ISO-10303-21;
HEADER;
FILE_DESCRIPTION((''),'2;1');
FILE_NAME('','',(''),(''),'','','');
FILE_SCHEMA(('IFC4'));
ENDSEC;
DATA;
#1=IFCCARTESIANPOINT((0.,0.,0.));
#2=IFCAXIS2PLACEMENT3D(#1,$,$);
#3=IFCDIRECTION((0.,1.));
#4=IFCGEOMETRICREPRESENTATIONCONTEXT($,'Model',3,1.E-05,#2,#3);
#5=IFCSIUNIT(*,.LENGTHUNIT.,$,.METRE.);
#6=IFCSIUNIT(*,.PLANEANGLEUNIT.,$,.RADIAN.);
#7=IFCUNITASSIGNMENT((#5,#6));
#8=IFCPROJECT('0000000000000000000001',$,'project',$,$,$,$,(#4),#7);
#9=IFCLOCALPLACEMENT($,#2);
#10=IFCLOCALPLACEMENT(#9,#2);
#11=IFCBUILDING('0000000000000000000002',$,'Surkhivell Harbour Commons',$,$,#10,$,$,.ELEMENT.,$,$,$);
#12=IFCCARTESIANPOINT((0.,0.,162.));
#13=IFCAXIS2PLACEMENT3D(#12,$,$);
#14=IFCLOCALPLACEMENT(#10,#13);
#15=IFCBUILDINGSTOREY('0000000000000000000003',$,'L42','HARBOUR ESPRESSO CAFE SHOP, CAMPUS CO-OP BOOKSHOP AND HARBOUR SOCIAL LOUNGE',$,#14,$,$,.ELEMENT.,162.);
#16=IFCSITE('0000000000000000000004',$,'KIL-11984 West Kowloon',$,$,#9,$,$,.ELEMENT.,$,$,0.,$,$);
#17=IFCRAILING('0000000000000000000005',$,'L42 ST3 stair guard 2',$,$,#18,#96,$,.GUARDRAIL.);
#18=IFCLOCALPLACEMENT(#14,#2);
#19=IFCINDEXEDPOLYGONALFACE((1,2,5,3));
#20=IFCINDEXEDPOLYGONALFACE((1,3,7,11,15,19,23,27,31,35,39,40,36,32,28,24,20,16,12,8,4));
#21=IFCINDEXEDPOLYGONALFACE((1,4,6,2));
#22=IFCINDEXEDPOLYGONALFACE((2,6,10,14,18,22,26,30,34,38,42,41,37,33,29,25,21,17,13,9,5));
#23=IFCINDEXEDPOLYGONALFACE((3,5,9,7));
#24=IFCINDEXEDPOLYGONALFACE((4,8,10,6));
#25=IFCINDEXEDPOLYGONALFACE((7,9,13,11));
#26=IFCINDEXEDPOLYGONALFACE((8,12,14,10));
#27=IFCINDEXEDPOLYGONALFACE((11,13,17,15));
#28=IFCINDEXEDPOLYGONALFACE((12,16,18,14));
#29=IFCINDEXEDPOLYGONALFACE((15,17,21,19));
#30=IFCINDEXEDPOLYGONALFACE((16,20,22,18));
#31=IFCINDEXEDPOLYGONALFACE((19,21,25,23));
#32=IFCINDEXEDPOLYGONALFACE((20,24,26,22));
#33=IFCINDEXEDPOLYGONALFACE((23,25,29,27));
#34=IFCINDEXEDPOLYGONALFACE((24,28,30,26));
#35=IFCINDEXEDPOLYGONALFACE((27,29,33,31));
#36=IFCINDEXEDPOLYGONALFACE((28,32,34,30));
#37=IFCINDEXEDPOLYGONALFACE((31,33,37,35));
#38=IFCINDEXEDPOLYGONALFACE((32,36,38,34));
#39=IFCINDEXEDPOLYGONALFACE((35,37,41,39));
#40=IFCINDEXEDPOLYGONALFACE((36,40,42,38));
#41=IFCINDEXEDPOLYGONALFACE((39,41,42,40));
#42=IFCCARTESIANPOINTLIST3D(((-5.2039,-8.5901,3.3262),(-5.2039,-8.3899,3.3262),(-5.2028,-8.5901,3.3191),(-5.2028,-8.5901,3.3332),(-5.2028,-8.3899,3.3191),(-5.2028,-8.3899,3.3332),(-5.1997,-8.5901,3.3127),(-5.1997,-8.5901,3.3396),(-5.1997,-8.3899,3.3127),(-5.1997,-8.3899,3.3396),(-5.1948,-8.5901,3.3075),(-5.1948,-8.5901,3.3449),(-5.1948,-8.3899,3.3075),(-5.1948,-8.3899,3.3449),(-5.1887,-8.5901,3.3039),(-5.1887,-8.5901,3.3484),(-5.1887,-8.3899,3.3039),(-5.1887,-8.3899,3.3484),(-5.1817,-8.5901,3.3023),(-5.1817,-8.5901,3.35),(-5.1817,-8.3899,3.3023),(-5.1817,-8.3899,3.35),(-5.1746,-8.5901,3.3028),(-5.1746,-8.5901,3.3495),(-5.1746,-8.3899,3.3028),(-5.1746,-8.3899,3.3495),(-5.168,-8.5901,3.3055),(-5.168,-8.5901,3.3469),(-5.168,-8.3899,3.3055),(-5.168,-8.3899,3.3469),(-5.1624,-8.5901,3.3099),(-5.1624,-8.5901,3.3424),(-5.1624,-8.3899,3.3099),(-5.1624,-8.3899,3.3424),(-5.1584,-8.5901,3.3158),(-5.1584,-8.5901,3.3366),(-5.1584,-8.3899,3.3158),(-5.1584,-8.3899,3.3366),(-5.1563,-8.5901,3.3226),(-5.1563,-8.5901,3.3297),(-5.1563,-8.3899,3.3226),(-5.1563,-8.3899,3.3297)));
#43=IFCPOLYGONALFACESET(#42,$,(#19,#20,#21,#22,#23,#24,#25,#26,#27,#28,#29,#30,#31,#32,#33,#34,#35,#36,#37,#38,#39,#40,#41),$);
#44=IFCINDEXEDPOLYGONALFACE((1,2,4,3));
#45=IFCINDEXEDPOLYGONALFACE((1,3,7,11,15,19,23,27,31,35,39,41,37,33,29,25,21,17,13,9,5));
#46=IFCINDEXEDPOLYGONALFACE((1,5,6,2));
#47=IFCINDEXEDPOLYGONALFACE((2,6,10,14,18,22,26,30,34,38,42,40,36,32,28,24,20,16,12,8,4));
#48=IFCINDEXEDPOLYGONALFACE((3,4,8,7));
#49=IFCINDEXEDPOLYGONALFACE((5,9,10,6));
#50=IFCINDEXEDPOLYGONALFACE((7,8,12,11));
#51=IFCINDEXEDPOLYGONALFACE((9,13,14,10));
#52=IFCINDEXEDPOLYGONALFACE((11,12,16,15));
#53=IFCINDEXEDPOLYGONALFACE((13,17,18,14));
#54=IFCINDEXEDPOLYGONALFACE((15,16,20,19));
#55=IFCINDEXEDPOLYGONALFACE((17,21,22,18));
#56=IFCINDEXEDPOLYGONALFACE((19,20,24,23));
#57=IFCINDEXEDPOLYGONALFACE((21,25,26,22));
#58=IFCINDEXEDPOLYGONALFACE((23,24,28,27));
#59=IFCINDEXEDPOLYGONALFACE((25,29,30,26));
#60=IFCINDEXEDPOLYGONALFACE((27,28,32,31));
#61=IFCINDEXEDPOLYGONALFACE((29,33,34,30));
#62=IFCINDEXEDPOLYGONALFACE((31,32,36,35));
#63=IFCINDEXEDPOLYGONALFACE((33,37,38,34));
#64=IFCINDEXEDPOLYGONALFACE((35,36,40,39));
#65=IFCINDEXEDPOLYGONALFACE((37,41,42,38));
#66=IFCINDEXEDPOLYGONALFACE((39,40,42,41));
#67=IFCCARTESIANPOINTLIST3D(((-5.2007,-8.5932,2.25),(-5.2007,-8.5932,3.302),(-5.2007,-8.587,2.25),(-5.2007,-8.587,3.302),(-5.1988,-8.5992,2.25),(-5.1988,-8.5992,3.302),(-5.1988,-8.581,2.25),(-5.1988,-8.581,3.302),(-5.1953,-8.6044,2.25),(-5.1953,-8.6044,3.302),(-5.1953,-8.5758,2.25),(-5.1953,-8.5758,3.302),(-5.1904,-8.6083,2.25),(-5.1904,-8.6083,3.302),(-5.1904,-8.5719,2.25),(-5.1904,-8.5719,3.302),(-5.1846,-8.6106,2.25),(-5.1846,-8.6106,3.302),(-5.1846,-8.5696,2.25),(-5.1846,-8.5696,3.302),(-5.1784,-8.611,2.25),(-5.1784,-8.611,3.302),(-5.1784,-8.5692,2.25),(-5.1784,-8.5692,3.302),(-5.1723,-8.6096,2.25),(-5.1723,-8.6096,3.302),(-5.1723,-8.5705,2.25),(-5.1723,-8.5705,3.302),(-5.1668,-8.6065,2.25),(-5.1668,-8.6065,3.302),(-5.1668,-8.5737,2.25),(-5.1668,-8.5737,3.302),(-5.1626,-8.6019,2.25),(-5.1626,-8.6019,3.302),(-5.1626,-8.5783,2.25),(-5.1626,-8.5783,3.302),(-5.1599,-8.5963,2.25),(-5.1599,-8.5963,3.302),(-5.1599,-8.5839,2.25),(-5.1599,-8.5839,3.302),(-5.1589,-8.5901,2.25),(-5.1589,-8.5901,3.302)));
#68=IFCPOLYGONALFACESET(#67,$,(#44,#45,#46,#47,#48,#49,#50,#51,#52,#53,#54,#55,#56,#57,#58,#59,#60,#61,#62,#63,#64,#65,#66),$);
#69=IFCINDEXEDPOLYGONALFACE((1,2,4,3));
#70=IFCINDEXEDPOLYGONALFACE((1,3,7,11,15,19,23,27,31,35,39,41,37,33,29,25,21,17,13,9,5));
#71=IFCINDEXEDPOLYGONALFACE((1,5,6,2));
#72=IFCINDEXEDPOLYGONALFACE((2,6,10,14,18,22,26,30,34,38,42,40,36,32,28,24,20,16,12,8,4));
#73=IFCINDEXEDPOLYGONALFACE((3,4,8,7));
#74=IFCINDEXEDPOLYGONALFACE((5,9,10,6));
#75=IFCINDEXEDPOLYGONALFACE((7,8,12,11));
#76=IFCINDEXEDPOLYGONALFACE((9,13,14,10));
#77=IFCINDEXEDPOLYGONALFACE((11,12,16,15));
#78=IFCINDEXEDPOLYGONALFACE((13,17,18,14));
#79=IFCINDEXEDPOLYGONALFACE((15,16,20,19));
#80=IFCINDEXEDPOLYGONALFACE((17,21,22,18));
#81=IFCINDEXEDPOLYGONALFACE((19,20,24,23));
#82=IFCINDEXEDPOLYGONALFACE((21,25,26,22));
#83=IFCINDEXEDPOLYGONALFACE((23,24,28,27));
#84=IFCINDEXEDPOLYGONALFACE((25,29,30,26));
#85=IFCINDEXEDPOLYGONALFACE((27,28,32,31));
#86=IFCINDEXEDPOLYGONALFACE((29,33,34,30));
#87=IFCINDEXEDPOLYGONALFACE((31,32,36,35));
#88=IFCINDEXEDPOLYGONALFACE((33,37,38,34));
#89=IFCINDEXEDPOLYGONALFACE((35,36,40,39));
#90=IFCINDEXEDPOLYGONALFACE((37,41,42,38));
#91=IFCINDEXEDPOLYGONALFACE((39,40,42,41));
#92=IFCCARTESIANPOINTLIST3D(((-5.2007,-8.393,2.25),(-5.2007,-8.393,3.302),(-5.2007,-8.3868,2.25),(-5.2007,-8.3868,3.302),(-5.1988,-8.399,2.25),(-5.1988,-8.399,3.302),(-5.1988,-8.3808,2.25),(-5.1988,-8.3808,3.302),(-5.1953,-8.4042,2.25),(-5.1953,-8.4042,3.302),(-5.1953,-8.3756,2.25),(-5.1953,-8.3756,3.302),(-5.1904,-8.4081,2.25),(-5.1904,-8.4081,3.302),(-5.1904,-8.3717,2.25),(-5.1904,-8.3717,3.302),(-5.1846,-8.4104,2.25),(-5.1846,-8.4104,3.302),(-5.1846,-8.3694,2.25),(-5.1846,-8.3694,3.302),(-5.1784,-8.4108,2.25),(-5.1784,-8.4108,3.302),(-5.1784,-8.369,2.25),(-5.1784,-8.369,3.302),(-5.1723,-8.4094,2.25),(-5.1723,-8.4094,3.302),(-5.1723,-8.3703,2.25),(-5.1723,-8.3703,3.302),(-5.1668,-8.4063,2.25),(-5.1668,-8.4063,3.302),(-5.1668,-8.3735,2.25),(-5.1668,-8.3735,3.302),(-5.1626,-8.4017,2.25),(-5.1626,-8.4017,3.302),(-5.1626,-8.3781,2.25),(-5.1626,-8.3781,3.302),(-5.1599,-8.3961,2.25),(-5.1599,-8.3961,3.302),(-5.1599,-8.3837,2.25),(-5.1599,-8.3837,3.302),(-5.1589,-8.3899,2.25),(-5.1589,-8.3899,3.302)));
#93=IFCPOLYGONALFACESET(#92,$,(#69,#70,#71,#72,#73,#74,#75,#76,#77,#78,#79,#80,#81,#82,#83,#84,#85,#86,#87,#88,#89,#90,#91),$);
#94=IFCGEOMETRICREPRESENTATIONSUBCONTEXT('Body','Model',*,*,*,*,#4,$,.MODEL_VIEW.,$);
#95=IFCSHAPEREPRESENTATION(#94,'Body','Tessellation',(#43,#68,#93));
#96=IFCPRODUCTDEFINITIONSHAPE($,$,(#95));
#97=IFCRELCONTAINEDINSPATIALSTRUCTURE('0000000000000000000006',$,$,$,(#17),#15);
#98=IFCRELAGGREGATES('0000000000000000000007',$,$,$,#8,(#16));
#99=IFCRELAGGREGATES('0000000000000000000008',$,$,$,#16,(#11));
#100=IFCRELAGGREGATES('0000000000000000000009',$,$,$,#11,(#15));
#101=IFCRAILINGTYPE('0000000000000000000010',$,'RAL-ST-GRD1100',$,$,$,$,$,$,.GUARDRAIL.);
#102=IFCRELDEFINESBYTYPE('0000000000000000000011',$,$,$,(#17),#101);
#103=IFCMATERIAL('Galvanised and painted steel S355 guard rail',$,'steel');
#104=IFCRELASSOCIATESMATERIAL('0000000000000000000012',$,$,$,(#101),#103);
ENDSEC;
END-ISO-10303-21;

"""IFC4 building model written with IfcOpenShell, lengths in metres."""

from ifc_helpers import new_model, si_unit, direction, frame, origin, origin_2d, place, context, subcontext, project, spatial, circle, extrude, material, type_object, element, save


model = new_model("IFC4")

# Units and contexts
model_context = context("Model", 3, precision=1e-05, world=origin(), true_north=direction((0.0, 1.0)))
body_context = subcontext(model_context, "Body", "Model", "MODEL_VIEW")
ifc_project = project(units=[si_unit("LENGTHUNIT", "METRE"), si_unit("PLANEANGLEUNIT", "RADIAN")], contexts=[model_context])

# Site, building, storey
site_placement = place(None, origin())
site = spatial("IfcSite", under=ifc_project, at=site_placement, Name="KIL-11984 West Kowloon", CompositionType="ELEMENT", RefElevation=0.0)
building_placement = place(site_placement, origin())
building = spatial("IfcBuilding", under=site, at=building_placement, Name="Surkhivell Harbour Commons", CompositionType="ELEMENT")
storey_placement = place(building_placement, frame((0.0, 0.0, 162.0)))
storey = spatial("IfcBuildingStorey", under=building, at=storey_placement, Name="L42", Description="HARBOUR ESPRESSO CAFE SHOP, CAMPUS CO-OP BOOKSHOP AND HARBOUR SOCIAL LOUNGE", CompositionType="ELEMENT", Elevation=162.0)

# Railing
ifc_material_1 = material(Name="Galvanised and painted steel S355 guard rail", Category="steel")
railing_type_1 = type_object("IfcRailingType", Name="RAL-ST-GRD1100", PredefinedType="GUARDRAIL", material=ifc_material_1)
railing_1_placement = place(storey_placement, frame((-5.1799, -8.5901, 2.25)))
element("IfcRailing", 1, at=railing_1_placement, inside=storey, type_object=railing_type_1, Name="L42 ST3 stair guard 2", PredefinedType="GUARDRAIL", context=body_context, shape_type="SweptSolid", body=[
    extrude(circle(Radius=0.0239, at=origin_2d()), frame((0.0, 0.0, 1.0762), z_axis=(0.0, 1.0, 0.0), x_axis=(-1.0, 0.0, 0.0)), (0.0, 0.0, 1.0), 0.2002),
    extrude(circle(Radius=0.021, at=origin_2d()), origin(), (0.0, 0.0, 1.0), 1.052),
    extrude(circle(Radius=0.021, at=origin_2d()), frame((0.0, 0.2002, 0.0)), (0.0, 0.0, 1.0), 1.052),
])

save(model, "model.ifc")
